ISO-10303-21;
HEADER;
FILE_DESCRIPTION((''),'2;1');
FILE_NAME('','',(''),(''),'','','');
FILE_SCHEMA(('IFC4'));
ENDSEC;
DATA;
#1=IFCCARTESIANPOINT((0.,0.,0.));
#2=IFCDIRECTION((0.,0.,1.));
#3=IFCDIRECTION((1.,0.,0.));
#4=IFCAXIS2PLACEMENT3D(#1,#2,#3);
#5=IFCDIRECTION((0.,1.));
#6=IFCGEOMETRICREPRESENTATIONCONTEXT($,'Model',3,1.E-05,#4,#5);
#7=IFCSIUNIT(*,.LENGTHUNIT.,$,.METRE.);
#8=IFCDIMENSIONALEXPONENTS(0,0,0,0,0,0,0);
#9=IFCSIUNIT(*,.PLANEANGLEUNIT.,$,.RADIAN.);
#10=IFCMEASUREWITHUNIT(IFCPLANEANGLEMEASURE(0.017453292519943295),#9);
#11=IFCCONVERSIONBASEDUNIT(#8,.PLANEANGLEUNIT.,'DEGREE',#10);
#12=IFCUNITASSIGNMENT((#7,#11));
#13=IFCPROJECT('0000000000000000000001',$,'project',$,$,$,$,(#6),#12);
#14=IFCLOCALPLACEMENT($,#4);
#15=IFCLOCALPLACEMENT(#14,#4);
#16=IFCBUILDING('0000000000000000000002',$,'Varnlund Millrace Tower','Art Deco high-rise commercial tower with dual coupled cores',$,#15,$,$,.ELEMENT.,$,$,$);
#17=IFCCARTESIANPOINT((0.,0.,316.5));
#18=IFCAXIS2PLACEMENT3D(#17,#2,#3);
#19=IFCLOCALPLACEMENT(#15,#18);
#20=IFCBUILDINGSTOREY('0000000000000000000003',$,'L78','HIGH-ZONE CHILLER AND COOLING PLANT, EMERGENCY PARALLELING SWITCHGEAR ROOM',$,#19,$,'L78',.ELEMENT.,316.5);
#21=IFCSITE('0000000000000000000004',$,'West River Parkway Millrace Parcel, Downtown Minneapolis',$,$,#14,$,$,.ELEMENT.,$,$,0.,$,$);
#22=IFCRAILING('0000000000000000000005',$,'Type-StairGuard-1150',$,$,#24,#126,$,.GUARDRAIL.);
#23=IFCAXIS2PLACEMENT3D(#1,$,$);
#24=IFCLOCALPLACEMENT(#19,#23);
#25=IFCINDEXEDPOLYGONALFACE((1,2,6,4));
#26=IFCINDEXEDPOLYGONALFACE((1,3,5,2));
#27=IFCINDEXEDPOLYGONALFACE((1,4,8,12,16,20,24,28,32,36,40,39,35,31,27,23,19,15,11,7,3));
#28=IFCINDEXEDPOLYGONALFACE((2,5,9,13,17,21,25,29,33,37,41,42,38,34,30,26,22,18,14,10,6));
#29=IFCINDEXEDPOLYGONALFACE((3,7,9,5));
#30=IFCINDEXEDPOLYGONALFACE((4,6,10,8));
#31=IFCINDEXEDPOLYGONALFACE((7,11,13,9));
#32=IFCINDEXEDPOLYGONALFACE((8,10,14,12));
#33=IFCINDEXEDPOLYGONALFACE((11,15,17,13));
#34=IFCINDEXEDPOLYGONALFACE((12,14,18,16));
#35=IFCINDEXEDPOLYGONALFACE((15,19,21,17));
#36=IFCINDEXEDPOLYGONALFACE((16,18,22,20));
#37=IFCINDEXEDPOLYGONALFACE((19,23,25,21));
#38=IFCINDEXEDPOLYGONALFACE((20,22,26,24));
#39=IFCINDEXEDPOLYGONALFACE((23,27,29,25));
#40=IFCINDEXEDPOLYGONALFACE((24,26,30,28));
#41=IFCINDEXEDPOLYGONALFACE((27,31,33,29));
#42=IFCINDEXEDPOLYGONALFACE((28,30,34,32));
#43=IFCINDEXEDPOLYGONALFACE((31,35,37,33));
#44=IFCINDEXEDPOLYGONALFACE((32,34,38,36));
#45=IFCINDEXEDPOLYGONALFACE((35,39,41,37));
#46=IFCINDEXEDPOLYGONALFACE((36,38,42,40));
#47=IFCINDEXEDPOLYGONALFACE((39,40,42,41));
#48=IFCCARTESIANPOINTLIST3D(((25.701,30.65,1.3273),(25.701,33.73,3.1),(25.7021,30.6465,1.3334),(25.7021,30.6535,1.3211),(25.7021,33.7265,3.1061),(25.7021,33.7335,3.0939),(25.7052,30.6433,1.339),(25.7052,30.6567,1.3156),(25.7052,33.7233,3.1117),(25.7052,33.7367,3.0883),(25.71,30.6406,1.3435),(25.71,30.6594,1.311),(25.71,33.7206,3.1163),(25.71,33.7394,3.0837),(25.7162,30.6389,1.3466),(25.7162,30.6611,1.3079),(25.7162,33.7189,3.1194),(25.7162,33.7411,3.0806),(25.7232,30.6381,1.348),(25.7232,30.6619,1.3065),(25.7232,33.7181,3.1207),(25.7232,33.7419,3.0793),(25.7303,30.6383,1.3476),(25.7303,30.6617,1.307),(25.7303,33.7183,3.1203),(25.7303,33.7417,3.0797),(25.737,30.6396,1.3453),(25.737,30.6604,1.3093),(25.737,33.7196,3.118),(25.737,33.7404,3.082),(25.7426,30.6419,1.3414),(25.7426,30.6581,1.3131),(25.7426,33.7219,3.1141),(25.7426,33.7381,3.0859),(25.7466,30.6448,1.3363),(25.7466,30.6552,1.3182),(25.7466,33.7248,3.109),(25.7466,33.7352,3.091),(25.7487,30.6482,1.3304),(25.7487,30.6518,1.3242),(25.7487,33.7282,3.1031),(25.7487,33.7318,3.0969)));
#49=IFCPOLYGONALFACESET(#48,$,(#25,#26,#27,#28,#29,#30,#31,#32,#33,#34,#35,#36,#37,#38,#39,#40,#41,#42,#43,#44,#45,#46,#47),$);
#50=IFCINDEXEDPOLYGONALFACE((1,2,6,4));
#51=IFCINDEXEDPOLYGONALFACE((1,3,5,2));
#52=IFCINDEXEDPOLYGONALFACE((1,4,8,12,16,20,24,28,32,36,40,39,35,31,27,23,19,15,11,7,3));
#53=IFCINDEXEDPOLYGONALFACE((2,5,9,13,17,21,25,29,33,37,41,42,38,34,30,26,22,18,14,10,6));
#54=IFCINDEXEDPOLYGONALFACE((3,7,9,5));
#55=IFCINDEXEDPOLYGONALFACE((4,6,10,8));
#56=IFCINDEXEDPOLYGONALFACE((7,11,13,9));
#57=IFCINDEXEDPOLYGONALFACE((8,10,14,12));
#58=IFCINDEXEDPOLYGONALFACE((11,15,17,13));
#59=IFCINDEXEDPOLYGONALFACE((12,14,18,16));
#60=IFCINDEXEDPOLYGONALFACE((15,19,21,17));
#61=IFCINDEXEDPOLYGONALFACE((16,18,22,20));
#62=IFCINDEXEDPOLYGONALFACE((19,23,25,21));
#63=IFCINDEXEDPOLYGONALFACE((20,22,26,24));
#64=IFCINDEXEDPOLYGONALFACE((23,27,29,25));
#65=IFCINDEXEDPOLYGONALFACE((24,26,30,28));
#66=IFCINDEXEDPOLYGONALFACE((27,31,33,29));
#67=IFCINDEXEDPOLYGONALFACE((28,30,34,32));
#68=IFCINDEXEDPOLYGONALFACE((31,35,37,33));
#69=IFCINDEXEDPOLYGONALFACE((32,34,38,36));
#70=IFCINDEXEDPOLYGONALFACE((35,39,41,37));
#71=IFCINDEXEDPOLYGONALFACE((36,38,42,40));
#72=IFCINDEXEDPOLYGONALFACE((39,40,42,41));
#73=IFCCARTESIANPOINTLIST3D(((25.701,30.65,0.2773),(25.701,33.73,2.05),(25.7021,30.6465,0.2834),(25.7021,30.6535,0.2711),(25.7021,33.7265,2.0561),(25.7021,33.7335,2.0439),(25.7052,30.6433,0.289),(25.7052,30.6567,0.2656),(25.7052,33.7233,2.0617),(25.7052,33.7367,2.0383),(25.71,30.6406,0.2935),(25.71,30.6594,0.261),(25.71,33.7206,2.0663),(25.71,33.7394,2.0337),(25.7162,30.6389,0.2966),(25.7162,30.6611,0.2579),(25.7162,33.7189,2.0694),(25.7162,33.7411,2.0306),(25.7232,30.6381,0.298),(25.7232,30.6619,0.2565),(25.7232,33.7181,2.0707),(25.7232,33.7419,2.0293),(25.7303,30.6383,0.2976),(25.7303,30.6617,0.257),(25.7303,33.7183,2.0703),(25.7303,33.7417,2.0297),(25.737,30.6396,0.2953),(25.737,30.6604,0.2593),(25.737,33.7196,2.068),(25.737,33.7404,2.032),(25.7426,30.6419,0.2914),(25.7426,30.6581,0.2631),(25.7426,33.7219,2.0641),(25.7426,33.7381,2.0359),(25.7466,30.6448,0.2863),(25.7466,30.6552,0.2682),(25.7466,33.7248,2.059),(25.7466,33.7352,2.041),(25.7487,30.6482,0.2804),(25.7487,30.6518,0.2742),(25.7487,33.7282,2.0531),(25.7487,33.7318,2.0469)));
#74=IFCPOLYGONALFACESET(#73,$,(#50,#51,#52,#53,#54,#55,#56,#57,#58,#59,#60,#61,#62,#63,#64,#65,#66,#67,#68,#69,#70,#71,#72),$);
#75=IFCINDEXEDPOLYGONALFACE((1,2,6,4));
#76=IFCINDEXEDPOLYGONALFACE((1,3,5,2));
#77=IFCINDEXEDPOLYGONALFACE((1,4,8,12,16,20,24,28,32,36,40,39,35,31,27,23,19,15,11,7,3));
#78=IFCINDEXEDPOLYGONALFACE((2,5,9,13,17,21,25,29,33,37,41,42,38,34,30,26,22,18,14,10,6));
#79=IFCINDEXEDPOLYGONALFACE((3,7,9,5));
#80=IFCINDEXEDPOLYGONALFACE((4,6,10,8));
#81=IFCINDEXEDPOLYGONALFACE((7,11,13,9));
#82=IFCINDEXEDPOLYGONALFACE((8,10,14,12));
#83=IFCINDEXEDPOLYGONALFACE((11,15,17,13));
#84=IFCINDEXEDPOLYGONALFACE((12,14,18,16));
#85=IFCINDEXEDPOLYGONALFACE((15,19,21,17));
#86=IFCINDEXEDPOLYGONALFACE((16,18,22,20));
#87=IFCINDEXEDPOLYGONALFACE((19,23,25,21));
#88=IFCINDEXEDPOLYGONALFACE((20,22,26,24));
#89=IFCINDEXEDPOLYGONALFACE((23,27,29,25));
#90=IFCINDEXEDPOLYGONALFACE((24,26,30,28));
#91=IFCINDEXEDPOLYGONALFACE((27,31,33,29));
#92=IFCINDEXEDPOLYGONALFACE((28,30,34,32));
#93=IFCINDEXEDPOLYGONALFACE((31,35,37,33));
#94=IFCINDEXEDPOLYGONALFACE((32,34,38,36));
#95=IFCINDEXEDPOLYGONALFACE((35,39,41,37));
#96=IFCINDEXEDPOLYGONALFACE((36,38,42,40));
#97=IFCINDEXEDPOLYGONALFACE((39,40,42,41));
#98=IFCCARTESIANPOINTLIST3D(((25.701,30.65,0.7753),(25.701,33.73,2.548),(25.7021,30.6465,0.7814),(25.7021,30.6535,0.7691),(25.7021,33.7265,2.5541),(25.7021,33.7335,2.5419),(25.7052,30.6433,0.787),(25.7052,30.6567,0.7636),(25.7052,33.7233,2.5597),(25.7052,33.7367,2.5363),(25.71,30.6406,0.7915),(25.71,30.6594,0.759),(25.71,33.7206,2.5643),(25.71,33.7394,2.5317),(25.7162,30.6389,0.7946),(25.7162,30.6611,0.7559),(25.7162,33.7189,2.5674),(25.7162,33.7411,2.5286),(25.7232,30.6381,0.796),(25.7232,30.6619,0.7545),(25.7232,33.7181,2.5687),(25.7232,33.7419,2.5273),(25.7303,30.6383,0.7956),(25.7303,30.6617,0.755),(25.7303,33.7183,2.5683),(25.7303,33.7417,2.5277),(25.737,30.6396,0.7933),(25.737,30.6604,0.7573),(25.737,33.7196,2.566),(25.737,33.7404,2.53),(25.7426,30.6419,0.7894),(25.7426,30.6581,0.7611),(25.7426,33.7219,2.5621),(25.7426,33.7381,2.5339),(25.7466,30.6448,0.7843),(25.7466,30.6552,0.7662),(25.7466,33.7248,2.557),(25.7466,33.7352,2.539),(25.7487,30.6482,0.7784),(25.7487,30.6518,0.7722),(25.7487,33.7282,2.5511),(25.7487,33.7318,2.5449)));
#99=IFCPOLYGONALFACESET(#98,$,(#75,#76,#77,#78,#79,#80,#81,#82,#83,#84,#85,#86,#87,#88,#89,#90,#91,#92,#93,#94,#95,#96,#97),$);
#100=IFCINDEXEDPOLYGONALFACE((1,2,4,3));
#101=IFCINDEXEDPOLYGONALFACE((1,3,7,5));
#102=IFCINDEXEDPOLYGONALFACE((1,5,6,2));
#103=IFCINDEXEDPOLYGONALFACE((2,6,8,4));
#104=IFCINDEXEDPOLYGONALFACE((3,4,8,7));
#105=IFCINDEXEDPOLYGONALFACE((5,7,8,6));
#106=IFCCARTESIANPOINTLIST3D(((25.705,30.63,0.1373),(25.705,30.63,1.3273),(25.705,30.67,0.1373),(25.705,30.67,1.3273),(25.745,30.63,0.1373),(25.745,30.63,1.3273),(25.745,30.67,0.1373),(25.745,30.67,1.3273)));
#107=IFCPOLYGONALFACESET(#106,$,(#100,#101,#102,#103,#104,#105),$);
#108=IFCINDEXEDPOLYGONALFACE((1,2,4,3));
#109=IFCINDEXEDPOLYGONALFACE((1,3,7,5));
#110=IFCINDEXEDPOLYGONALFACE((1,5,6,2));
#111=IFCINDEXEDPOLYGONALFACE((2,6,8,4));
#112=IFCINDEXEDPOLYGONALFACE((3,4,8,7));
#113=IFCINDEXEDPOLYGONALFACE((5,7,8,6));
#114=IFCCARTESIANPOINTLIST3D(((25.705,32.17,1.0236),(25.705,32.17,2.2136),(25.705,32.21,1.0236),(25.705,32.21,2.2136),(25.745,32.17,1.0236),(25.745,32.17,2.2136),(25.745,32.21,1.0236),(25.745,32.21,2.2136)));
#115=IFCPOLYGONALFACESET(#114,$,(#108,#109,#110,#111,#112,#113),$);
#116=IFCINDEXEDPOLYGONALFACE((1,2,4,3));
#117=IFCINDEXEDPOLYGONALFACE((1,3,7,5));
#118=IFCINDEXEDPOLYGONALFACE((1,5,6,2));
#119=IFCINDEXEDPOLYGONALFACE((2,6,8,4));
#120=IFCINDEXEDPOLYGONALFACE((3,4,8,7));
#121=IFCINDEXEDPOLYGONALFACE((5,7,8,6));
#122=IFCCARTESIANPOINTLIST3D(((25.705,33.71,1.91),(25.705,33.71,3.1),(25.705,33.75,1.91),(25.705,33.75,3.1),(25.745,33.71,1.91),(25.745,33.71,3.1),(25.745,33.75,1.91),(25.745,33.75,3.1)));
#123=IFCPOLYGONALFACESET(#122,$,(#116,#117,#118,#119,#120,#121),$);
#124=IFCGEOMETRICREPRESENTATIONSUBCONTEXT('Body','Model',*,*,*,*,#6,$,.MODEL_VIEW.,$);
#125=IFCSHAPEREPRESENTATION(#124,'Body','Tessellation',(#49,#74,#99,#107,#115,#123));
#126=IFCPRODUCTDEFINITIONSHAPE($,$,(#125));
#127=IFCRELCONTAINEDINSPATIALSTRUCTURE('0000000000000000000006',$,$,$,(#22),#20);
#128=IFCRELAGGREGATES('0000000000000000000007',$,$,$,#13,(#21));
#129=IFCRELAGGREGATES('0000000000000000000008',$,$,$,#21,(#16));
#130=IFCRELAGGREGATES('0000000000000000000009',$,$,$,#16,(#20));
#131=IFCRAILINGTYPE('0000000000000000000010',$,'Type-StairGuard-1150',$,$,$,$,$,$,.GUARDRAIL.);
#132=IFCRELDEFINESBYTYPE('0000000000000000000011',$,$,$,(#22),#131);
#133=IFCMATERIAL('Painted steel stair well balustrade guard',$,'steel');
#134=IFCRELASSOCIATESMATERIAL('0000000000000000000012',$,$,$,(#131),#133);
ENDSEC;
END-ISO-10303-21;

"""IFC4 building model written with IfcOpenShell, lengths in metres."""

from ifc_helpers import new_model, entity, si_unit, converted_unit, direction, frame, origin_with_axes, origin_2d_with_axis, place, context, subcontext, project, spatial, rectangle, circle, extrude, material, type_object, element, save


model = new_model("IFC4")

# Units and contexts
model_context = context("Model", 3, precision=1e-05, world=origin_with_axes(), true_north=direction((0.0, 1.0)))
body_context = subcontext(model_context, "Body", "Model", "MODEL_VIEW")
ifc_project = project(units=[si_unit("LENGTHUNIT", "METRE"), converted_unit("PLANEANGLEUNIT", "DEGREE", entity("IfcPlaneAngleMeasure", 0.017453292519943295), si_unit("PLANEANGLEUNIT", "RADIAN"), dimensions=[0, 0, 0, 0, 0, 0, 0])], contexts=[model_context])

# Site, building, storey
site_placement = place(None, origin_with_axes())
site = spatial("IfcSite", under=ifc_project, at=site_placement, Name="West River Parkway Millrace Parcel, Downtown Minneapolis", CompositionType="ELEMENT", RefElevation=0.0)
building_placement = place(site_placement, origin_with_axes())
building = spatial("IfcBuilding", under=site, at=building_placement, Name="Varnlund Millrace Tower", Description="Art Deco high-rise commercial tower with dual coupled cores", CompositionType="ELEMENT")
storey_placement = place(building_placement, frame((0.0, 0.0, 316.5), z_axis=(0.0, 0.0, 1.0), x_axis=(1.0, 0.0, 0.0)))
storey = spatial("IfcBuildingStorey", under=building, at=storey_placement, Name="L78", Description="HIGH-ZONE CHILLER AND COOLING PLANT, EMERGENCY PARALLELING SWITCHGEAR ROOM", LongName="L78", CompositionType="ELEMENT", Elevation=316.5)

# Railing
ifc_material_1 = material(Name="Painted steel stair well balustrade guard", Category="steel")
railing_type_1 = type_object("IfcRailingType", Name="Type-StairGuard-1150", PredefinedType="GUARDRAIL", material=ifc_material_1)
railing_1_placement = place(storey_placement, frame((0.0, 0.0, -316.5), z_axis=(0.0, 0.0, 1.0), x_axis=(1.0, 0.0, 0.0)))
element("IfcRailing", 1, at=railing_1_placement, inside=storey, type_object=railing_type_1, Name="Type-StairGuard-1150", PredefinedType="GUARDRAIL", context=body_context, shape_type="SweptSolid", body=[
    extrude(circle(Radius=0.024, at=origin_2d_with_axis()), frame((25.725, 30.65, 317.8273), z_axis=(0.0, 0.866696, 0.498836), x_axis=(-1.0, 0.0, 0.0)), (0.0, 0.0, 1.0), 3.5537),
    extrude(circle(Radius=0.024, at=origin_2d_with_axis()), frame((25.725, 30.65, 316.7773), z_axis=(0.0, 0.866696, 0.498836), x_axis=(-1.0, 0.0, 0.0)), (0.0, 0.0, 1.0), 3.5537),
    extrude(circle(Radius=0.024, at=origin_2d_with_axis()), frame((25.725, 30.65, 317.2753), z_axis=(0.0, 0.866696, 0.498836), x_axis=(-1.0, 0.0, 0.0)), (0.0, 0.0, 1.0), 3.5537),
    extrude(rectangle(XDim=0.04, YDim=0.04, at=origin_2d_with_axis()), frame((25.725, 30.65, 316.6373), z_axis=(0.0, 0.0, 1.0), x_axis=(1.0, 0.0, 0.0)), (0.0, 0.0, 1.0), 1.19),
    extrude(rectangle(XDim=0.04, YDim=0.04, at=origin_2d_with_axis()), frame((25.725, 32.19, 317.5236), z_axis=(0.0, 0.0, 1.0), x_axis=(1.0, 0.0, 0.0)), (0.0, 0.0, 1.0), 1.19),
    extrude(rectangle(XDim=0.04, YDim=0.04, at=origin_2d_with_axis()), frame((25.725, 33.73, 318.41), z_axis=(0.0, 0.0, 1.0), x_axis=(1.0, 0.0, 0.0)), (0.0, 0.0, 1.0), 1.19),
])

save(model, "model.ifc")
